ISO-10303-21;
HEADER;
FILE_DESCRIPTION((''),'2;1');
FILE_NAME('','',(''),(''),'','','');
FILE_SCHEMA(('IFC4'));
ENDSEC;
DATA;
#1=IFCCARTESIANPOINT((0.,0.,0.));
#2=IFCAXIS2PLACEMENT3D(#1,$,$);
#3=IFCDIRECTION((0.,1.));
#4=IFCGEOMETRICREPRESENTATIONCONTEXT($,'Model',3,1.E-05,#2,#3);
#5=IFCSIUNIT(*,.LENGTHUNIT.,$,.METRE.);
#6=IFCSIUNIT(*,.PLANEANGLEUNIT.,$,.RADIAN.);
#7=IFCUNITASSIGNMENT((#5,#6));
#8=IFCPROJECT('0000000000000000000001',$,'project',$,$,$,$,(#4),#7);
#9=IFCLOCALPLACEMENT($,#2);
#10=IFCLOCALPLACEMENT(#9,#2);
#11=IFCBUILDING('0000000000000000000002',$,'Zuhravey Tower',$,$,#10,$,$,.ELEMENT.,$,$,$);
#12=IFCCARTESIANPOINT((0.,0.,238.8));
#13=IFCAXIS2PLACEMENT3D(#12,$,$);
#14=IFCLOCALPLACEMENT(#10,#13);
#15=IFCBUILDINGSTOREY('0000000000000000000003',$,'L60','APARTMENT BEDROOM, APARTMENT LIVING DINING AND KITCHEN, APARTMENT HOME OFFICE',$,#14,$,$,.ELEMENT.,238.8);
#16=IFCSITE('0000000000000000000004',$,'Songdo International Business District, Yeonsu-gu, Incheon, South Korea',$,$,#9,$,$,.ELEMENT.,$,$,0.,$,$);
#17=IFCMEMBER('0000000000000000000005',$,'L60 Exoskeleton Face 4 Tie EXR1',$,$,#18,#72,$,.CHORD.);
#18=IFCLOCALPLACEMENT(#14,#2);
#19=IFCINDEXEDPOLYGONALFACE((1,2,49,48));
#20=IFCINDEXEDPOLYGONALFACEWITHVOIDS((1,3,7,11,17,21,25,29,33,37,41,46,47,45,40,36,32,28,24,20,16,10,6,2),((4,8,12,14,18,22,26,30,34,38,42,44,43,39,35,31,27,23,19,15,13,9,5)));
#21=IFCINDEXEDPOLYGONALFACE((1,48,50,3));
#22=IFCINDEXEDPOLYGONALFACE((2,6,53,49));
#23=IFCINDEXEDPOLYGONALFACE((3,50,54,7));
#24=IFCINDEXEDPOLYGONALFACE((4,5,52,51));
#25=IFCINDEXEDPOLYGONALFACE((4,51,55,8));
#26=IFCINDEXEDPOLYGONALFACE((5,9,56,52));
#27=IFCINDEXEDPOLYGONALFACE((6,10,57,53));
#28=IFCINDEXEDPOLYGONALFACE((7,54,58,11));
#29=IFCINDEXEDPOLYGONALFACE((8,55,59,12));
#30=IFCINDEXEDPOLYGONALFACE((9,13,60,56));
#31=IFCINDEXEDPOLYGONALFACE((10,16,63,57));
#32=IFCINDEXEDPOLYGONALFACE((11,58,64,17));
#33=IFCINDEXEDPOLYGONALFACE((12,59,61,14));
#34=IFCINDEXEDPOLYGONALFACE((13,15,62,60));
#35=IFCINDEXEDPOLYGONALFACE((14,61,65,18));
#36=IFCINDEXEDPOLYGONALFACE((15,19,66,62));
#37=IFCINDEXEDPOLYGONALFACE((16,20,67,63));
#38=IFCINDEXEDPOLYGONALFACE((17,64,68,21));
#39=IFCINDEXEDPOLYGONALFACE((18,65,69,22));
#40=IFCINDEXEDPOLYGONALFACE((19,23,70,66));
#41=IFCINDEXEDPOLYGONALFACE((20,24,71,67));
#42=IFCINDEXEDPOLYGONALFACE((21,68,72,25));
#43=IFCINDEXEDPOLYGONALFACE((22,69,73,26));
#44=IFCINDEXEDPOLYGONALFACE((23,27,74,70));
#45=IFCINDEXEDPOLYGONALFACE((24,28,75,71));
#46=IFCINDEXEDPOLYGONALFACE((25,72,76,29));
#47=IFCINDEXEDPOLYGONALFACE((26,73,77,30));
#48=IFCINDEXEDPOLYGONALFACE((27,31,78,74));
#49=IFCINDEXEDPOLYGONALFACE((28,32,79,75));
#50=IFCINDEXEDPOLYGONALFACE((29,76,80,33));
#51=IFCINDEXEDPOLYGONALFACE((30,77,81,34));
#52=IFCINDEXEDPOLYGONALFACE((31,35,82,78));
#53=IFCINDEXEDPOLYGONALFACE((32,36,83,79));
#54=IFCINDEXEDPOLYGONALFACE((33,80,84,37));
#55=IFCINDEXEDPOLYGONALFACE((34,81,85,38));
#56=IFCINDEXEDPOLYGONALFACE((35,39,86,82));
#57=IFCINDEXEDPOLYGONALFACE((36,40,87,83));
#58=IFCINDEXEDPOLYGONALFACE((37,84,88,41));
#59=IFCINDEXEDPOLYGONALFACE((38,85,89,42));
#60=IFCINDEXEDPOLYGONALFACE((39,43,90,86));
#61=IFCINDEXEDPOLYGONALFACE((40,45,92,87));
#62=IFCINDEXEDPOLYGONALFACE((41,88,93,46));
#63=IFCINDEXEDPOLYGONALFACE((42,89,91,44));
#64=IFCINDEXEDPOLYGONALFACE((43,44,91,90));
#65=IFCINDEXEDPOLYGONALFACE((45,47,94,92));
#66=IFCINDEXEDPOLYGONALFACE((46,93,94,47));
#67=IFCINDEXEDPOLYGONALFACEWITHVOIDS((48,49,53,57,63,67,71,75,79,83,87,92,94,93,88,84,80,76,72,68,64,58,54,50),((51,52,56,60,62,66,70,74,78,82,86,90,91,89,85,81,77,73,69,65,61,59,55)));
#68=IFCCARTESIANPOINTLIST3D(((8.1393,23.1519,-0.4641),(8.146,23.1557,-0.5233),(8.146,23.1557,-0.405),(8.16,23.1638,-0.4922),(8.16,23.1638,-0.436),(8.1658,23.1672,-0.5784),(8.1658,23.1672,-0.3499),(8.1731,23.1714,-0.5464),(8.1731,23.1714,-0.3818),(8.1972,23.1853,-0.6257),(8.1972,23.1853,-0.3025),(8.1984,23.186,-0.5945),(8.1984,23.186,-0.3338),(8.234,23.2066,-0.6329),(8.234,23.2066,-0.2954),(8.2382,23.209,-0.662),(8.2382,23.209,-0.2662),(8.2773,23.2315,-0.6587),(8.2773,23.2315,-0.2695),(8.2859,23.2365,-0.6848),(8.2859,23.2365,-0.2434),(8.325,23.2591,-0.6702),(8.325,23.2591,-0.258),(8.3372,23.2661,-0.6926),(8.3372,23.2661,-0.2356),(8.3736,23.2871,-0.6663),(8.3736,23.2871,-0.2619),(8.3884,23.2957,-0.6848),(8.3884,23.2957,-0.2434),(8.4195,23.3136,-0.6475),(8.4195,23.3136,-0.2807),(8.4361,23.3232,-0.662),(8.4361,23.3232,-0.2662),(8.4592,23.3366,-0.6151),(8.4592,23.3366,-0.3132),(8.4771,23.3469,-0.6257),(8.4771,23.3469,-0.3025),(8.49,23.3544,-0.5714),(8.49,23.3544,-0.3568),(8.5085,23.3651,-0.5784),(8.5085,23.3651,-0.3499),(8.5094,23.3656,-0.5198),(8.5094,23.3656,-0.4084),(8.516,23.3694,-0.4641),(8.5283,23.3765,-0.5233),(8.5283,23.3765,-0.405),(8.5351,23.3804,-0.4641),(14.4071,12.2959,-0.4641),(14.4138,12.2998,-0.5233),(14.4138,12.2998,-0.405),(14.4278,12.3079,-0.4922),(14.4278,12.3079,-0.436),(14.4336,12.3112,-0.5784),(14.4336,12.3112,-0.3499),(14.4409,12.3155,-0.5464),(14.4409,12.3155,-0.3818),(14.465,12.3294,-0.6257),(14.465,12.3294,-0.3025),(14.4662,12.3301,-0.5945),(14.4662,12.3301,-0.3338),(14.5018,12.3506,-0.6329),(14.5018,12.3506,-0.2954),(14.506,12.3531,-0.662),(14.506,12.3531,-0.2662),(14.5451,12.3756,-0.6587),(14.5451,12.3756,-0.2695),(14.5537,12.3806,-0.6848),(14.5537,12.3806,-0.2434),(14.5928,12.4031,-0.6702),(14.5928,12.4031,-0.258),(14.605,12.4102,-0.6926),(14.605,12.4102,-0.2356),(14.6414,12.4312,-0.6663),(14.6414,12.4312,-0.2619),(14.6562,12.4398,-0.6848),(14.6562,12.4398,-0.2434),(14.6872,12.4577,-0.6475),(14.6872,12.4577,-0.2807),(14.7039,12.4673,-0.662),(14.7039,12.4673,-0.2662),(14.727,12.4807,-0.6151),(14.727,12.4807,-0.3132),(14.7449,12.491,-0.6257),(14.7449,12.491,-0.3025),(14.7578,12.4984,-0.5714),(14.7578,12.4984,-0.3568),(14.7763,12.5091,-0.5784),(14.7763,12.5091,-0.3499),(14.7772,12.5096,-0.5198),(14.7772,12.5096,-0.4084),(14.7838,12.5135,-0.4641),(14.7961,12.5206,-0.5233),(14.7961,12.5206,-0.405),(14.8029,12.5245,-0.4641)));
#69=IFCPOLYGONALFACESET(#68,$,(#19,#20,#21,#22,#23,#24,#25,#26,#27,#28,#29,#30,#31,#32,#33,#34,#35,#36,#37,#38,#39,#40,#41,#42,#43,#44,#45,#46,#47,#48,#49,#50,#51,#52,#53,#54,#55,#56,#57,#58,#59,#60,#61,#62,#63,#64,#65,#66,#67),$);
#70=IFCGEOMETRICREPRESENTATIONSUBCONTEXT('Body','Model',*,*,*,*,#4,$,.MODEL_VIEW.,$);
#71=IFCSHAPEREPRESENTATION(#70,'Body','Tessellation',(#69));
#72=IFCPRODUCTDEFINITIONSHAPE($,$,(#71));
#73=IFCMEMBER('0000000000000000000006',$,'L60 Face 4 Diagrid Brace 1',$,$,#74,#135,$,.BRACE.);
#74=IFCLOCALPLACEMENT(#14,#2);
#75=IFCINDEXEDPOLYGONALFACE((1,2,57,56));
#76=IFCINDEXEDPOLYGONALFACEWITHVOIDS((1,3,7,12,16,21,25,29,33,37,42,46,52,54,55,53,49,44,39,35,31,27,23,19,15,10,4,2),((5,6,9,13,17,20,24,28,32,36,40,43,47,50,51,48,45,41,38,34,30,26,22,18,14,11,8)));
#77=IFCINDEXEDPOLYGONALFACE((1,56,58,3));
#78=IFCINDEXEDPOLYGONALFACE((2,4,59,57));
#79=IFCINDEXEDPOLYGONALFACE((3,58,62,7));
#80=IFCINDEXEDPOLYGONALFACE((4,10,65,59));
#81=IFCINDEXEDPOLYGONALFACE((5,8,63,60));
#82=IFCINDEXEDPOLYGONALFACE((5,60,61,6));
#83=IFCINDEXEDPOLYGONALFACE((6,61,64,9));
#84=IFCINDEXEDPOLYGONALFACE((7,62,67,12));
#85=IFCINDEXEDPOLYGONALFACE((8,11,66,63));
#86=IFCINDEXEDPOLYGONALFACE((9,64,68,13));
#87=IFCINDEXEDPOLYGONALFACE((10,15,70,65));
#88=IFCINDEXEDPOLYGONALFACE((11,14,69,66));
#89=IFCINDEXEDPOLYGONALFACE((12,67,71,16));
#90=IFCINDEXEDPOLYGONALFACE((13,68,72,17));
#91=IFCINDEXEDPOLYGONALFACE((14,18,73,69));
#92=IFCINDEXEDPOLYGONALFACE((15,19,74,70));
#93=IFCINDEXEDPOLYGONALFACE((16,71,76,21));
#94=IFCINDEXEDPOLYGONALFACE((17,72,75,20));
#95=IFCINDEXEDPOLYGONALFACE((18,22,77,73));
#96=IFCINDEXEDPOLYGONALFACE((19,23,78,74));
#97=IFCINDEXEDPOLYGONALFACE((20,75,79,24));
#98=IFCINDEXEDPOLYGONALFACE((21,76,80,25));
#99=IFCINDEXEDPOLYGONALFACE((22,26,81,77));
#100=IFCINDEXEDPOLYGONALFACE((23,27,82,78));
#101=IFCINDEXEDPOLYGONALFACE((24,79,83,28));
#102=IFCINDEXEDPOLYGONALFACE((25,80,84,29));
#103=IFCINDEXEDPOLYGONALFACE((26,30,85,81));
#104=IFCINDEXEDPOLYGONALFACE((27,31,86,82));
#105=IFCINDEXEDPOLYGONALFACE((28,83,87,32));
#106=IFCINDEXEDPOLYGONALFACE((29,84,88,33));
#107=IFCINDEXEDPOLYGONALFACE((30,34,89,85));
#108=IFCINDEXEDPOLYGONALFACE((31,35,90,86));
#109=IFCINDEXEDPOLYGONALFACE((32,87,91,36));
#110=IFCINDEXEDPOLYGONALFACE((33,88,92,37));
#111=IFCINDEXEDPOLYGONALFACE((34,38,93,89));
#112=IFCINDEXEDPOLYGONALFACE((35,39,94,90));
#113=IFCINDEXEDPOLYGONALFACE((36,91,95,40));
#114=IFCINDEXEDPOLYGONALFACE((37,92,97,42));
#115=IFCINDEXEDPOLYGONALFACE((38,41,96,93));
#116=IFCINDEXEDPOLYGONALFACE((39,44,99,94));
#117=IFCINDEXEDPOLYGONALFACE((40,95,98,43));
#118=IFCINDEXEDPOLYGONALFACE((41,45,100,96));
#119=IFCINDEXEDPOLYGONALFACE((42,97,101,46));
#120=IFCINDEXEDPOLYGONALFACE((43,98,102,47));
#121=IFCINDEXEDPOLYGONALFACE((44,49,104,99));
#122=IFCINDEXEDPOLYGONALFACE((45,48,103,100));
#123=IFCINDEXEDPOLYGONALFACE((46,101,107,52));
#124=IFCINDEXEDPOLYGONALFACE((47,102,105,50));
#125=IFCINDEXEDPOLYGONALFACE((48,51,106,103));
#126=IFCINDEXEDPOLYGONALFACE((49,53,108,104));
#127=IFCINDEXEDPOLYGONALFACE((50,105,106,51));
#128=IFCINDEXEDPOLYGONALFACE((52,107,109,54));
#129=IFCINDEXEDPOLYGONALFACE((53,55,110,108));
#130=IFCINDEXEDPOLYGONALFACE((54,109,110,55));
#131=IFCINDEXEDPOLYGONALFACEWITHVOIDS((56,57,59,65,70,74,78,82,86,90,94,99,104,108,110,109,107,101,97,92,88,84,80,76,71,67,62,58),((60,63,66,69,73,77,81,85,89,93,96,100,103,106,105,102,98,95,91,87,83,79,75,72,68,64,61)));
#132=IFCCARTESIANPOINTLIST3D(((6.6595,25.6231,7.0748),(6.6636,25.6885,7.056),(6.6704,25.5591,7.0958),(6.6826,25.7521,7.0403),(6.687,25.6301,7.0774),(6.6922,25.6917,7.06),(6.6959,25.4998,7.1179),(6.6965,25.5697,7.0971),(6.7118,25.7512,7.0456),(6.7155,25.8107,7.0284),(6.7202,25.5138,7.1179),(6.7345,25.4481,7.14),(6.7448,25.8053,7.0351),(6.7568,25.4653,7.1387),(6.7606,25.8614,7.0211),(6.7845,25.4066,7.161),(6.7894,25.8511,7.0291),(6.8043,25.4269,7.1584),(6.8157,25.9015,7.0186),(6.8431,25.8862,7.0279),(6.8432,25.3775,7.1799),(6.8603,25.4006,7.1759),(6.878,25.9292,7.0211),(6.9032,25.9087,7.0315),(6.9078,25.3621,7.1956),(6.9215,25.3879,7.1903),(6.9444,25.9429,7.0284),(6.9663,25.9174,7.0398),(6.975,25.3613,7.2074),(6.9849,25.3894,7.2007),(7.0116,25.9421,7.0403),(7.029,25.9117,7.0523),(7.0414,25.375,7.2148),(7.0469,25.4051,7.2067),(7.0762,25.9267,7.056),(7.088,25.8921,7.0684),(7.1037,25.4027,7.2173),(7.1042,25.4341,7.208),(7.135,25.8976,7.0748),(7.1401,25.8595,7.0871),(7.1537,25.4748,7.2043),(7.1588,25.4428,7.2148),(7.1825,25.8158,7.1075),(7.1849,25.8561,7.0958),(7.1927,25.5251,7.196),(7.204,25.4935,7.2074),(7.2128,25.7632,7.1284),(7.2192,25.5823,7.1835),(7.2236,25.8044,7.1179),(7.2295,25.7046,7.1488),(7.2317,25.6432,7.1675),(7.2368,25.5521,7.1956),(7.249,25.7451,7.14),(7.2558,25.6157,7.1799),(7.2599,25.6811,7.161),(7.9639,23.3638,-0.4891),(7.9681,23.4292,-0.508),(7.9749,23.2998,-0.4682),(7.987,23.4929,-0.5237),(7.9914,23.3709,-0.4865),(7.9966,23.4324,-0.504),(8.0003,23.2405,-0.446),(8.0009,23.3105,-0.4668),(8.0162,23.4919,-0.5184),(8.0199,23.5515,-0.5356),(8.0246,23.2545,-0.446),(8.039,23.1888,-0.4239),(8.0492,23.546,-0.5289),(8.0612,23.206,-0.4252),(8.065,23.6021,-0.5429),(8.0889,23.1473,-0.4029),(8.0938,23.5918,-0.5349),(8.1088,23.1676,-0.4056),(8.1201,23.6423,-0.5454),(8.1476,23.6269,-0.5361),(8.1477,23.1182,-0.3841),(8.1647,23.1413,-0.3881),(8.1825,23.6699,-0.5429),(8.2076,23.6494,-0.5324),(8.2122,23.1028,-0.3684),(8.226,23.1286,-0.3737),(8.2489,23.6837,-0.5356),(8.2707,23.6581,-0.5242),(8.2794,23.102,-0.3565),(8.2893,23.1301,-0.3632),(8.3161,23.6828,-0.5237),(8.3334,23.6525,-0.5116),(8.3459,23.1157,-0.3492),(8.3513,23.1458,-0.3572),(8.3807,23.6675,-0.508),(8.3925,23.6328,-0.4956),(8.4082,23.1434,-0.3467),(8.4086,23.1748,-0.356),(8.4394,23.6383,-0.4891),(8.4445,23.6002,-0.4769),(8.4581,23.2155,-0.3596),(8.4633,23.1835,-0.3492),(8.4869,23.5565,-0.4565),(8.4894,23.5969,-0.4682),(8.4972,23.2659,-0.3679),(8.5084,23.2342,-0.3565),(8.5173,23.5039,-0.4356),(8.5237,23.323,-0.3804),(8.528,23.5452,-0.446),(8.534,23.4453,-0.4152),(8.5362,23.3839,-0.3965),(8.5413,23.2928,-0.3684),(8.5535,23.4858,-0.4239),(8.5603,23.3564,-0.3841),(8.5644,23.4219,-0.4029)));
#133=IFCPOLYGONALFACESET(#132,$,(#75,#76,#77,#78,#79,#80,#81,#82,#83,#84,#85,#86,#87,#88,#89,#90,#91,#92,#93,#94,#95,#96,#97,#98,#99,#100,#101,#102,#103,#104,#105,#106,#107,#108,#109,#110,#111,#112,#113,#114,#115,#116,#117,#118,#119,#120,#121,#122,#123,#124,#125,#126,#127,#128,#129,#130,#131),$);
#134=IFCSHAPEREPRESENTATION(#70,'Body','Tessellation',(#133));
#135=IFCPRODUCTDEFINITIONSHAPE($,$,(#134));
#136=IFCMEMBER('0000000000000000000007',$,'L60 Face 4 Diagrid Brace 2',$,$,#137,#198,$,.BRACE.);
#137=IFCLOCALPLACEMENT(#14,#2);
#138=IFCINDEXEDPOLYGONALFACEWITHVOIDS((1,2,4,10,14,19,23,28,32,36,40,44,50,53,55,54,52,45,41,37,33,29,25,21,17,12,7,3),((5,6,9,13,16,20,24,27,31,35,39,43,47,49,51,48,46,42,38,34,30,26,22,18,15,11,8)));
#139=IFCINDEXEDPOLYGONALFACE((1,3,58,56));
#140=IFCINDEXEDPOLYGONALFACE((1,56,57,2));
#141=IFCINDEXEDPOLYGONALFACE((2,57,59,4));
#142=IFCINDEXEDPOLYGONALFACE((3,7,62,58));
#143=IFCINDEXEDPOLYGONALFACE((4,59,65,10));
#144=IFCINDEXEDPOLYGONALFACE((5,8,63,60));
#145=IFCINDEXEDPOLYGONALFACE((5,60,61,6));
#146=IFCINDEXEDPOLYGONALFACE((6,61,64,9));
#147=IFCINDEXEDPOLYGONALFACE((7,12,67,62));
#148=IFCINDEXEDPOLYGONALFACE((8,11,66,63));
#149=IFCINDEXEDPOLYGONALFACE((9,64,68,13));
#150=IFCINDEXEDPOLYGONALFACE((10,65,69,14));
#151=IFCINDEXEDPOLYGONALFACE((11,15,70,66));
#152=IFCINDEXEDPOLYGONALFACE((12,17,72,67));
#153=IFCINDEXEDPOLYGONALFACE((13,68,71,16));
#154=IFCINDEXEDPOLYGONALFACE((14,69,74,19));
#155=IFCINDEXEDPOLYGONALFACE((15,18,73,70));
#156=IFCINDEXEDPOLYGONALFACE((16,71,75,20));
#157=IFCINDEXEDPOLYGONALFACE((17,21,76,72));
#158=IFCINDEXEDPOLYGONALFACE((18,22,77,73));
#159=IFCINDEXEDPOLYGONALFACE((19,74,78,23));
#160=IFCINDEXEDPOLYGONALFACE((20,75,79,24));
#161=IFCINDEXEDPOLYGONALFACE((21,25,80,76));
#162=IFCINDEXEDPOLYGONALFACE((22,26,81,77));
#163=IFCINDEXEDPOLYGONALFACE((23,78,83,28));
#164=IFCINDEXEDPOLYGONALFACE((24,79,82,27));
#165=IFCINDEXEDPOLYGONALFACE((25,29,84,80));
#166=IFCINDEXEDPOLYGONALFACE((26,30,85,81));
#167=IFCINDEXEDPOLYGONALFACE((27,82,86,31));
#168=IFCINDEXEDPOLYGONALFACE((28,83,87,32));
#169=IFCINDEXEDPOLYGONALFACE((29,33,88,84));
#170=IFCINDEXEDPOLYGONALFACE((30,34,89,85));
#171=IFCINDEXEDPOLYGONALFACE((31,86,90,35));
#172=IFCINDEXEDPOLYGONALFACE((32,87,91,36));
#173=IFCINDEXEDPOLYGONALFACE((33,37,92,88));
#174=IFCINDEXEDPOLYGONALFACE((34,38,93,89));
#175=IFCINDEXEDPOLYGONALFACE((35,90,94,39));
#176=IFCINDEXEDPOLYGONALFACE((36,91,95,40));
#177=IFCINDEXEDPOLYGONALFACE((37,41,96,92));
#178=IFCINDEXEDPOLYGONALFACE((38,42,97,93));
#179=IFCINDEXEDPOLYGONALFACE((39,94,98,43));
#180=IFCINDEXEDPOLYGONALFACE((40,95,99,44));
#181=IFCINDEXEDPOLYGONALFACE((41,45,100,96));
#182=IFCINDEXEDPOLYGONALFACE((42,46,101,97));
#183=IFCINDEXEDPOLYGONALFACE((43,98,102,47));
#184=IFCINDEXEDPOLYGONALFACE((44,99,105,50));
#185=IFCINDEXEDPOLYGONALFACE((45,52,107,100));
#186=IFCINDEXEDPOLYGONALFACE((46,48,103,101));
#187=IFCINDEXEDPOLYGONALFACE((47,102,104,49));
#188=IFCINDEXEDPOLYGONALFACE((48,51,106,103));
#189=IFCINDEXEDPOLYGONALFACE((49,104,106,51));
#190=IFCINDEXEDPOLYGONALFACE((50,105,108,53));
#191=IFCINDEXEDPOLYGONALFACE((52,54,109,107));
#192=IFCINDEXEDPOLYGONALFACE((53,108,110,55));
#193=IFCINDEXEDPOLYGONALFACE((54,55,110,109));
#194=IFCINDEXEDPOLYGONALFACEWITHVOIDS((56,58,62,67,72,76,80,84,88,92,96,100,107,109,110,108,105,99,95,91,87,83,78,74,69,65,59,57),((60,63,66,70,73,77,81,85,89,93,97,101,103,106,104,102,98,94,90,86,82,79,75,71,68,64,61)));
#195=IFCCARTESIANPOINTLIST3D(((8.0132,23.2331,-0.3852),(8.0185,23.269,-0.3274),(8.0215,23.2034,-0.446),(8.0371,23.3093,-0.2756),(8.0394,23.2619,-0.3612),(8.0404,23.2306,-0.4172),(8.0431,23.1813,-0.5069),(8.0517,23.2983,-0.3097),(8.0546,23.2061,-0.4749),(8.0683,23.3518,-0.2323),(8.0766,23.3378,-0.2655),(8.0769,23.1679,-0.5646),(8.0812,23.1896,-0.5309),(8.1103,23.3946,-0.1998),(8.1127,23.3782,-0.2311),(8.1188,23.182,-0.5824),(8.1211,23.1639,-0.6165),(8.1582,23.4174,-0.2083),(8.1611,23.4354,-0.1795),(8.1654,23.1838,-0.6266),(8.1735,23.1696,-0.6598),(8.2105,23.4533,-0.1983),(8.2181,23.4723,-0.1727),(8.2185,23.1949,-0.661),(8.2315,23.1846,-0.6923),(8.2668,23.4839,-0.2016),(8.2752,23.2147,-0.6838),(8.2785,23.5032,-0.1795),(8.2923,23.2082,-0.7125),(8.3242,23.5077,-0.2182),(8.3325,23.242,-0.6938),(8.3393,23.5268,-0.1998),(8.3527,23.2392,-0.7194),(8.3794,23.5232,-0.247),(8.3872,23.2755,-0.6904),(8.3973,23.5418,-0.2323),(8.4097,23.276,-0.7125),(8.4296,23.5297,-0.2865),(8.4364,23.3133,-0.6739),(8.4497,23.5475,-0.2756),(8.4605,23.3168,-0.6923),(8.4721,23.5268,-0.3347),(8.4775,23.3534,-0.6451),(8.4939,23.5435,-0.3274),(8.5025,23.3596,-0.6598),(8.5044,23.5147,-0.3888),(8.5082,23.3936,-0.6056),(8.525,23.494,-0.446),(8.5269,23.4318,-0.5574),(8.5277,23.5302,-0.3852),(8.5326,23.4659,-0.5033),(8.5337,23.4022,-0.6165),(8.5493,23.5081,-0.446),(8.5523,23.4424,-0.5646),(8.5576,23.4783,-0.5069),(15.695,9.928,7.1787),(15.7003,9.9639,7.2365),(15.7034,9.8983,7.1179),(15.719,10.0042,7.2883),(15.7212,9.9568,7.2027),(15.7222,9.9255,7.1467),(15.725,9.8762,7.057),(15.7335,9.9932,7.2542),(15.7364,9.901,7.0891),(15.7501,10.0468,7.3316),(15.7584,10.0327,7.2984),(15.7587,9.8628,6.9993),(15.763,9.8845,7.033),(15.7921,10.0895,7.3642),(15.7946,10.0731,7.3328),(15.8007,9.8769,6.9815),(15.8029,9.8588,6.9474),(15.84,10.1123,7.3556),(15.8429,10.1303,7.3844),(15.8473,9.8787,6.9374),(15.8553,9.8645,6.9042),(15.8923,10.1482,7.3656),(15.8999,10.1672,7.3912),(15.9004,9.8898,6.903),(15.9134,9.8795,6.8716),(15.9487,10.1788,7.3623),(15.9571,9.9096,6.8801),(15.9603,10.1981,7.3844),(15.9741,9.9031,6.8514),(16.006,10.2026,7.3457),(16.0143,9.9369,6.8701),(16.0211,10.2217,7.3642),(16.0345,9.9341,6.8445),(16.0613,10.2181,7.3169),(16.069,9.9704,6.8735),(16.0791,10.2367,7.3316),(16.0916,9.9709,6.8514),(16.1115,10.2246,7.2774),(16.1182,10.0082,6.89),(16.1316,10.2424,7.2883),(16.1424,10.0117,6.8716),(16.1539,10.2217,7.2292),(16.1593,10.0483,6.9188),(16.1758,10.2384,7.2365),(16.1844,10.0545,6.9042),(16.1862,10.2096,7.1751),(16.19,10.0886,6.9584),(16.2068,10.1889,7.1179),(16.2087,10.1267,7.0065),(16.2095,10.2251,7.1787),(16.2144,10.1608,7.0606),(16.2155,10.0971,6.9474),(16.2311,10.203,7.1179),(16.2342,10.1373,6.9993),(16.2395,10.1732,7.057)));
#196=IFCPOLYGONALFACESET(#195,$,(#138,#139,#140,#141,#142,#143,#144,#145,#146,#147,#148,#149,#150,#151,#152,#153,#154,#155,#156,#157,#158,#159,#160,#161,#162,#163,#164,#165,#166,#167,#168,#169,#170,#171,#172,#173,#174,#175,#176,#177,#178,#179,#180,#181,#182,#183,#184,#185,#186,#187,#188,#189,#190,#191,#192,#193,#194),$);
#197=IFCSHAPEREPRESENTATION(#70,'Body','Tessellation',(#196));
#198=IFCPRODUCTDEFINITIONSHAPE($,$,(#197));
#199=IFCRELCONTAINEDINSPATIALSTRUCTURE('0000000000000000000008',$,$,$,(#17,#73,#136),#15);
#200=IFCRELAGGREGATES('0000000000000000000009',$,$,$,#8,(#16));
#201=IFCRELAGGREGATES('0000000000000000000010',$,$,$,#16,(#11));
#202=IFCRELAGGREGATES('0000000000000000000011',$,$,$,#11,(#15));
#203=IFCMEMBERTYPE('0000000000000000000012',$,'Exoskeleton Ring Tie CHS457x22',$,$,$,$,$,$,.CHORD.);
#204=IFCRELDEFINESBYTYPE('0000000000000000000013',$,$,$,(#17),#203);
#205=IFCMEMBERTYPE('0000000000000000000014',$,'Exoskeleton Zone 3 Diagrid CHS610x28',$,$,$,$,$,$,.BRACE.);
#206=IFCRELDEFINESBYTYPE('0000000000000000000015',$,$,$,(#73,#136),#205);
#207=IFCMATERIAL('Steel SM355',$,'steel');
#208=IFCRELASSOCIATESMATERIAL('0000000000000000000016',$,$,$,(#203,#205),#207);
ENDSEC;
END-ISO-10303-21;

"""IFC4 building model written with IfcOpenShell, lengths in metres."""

from ifc_helpers import new_model, si_unit, direction, frame, origin, origin_2d, place, context, subcontext, project, spatial, hollow_circle, extrude, material, material_profile, profile_set, type_object, element, save


model = new_model("IFC4")

# Units and contexts
model_context = context("Model", 3, precision=1e-05, world=origin(), true_north=direction((0.0, 1.0)))
body_context = subcontext(model_context, "Body", "Model", "MODEL_VIEW")
ifc_project = project(units=[si_unit("LENGTHUNIT", "METRE"), si_unit("PLANEANGLEUNIT", "RADIAN")], contexts=[model_context])

# Site, building, storey
site_placement = place(None, origin())
site = spatial("IfcSite", under=ifc_project, at=site_placement, Name="Songdo International Business District, Yeonsu-gu, Incheon, South Korea", CompositionType="ELEMENT", RefElevation=0.0)
building_placement = place(site_placement, origin())
building = spatial("IfcBuilding", under=site, at=building_placement, Name="Zuhravey Tower", CompositionType="ELEMENT")
storey_placement = place(building_placement, frame((0.0, 0.0, 238.8)))
storey = spatial("IfcBuildingStorey", under=building, at=storey_placement, Name="L60", Description="APARTMENT BEDROOM, APARTMENT LIVING DINING AND KITCHEN, APARTMENT HOME OFFICE", CompositionType="ELEMENT", Elevation=238.8)

# Members
ifc_material_1 = material(Name="Steel SM355", Category="steel")
ifc_material_profile_1 = material_profile(ifc_material_1, hollow_circle(Radius=0.2285, WallThickness=0.022, at=origin_2d()), Name="CHS-457.2x22")
ifc_profile_set_1 = profile_set([ifc_material_profile_1], Name="Steel SM355")
member_type_1 = type_object("IfcMemberType", Name="Exoskeleton Ring Tie CHS457x22", PredefinedType="CHORD", material=ifc_profile_set_1)
member_1_placement = place(storey_placement, frame((8.3372, 23.2661, -0.4641), z_axis=(0.500008, -0.866021, 0.0), x_axis=(0.866021, 0.500008, 0.0)))
element("IfcMember", 1, at=member_1_placement, inside=storey, type_object=member_type_1, Name="L60 Exoskeleton Face 4 Tie EXR1", PredefinedType="CHORD", context=body_context, shape_type="SweptSolid", body=[
    extrude(hollow_circle(Radius=0.2285, WallThickness=0.022, at=origin_2d()), origin(), (0.0, 0.0, 1.0), 12.5354),
])
ifc_material_profile_2 = material_profile(ifc_material_1, hollow_circle(Radius=0.3047, WallThickness=0.0281, at=origin_2d()), Name="CHS-609.6x28")
ifc_profile_set_2 = profile_set([ifc_material_profile_2], Name="Steel SM355")
member_type_2 = type_object("IfcMemberType", Name="Exoskeleton Zone 3 Diagrid CHS610x28", PredefinedType="BRACE", material=ifc_profile_set_2)
member_2_placement = place(storey_placement, frame((8.2642, 23.3928, -0.446), z_axis=(-0.163031, 0.282367, 0.945352), x_axis=(-0.866017, -0.500014, 0.0)))
element("IfcMember", 2, at=member_2_placement, inside=storey, type_object=member_type_2, Name="L60 Face 4 Diagrid Brace 1", PredefinedType="BRACE", context=body_context, shape_type="SweptSolid", body=[
    extrude(hollow_circle(Radius=0.3047, WallThickness=0.0281, at=origin_2d()), origin(), (0.0, 0.0, 1.0), 8.0012),
])
member_3_placement = place(storey_placement, frame((8.2854, 23.3557, -0.446), z_axis=(0.448587, -0.776962, 0.441701), x_axis=(0.866022, 0.500007, 0.0)))
element("IfcMember", 3, at=member_3_placement, inside=storey, type_object=member_type_2, Name="L60 Face 4 Diagrid Brace 2", PredefinedType="BRACE", context=body_context, shape_type="SweptSolid", body=[
    extrude(hollow_circle(Radius=0.3047, WallThickness=0.0281, at=origin_2d()), origin(), (0.0, 0.0, 1.0), 17.1245),
])

save(model, "model.ifc")
